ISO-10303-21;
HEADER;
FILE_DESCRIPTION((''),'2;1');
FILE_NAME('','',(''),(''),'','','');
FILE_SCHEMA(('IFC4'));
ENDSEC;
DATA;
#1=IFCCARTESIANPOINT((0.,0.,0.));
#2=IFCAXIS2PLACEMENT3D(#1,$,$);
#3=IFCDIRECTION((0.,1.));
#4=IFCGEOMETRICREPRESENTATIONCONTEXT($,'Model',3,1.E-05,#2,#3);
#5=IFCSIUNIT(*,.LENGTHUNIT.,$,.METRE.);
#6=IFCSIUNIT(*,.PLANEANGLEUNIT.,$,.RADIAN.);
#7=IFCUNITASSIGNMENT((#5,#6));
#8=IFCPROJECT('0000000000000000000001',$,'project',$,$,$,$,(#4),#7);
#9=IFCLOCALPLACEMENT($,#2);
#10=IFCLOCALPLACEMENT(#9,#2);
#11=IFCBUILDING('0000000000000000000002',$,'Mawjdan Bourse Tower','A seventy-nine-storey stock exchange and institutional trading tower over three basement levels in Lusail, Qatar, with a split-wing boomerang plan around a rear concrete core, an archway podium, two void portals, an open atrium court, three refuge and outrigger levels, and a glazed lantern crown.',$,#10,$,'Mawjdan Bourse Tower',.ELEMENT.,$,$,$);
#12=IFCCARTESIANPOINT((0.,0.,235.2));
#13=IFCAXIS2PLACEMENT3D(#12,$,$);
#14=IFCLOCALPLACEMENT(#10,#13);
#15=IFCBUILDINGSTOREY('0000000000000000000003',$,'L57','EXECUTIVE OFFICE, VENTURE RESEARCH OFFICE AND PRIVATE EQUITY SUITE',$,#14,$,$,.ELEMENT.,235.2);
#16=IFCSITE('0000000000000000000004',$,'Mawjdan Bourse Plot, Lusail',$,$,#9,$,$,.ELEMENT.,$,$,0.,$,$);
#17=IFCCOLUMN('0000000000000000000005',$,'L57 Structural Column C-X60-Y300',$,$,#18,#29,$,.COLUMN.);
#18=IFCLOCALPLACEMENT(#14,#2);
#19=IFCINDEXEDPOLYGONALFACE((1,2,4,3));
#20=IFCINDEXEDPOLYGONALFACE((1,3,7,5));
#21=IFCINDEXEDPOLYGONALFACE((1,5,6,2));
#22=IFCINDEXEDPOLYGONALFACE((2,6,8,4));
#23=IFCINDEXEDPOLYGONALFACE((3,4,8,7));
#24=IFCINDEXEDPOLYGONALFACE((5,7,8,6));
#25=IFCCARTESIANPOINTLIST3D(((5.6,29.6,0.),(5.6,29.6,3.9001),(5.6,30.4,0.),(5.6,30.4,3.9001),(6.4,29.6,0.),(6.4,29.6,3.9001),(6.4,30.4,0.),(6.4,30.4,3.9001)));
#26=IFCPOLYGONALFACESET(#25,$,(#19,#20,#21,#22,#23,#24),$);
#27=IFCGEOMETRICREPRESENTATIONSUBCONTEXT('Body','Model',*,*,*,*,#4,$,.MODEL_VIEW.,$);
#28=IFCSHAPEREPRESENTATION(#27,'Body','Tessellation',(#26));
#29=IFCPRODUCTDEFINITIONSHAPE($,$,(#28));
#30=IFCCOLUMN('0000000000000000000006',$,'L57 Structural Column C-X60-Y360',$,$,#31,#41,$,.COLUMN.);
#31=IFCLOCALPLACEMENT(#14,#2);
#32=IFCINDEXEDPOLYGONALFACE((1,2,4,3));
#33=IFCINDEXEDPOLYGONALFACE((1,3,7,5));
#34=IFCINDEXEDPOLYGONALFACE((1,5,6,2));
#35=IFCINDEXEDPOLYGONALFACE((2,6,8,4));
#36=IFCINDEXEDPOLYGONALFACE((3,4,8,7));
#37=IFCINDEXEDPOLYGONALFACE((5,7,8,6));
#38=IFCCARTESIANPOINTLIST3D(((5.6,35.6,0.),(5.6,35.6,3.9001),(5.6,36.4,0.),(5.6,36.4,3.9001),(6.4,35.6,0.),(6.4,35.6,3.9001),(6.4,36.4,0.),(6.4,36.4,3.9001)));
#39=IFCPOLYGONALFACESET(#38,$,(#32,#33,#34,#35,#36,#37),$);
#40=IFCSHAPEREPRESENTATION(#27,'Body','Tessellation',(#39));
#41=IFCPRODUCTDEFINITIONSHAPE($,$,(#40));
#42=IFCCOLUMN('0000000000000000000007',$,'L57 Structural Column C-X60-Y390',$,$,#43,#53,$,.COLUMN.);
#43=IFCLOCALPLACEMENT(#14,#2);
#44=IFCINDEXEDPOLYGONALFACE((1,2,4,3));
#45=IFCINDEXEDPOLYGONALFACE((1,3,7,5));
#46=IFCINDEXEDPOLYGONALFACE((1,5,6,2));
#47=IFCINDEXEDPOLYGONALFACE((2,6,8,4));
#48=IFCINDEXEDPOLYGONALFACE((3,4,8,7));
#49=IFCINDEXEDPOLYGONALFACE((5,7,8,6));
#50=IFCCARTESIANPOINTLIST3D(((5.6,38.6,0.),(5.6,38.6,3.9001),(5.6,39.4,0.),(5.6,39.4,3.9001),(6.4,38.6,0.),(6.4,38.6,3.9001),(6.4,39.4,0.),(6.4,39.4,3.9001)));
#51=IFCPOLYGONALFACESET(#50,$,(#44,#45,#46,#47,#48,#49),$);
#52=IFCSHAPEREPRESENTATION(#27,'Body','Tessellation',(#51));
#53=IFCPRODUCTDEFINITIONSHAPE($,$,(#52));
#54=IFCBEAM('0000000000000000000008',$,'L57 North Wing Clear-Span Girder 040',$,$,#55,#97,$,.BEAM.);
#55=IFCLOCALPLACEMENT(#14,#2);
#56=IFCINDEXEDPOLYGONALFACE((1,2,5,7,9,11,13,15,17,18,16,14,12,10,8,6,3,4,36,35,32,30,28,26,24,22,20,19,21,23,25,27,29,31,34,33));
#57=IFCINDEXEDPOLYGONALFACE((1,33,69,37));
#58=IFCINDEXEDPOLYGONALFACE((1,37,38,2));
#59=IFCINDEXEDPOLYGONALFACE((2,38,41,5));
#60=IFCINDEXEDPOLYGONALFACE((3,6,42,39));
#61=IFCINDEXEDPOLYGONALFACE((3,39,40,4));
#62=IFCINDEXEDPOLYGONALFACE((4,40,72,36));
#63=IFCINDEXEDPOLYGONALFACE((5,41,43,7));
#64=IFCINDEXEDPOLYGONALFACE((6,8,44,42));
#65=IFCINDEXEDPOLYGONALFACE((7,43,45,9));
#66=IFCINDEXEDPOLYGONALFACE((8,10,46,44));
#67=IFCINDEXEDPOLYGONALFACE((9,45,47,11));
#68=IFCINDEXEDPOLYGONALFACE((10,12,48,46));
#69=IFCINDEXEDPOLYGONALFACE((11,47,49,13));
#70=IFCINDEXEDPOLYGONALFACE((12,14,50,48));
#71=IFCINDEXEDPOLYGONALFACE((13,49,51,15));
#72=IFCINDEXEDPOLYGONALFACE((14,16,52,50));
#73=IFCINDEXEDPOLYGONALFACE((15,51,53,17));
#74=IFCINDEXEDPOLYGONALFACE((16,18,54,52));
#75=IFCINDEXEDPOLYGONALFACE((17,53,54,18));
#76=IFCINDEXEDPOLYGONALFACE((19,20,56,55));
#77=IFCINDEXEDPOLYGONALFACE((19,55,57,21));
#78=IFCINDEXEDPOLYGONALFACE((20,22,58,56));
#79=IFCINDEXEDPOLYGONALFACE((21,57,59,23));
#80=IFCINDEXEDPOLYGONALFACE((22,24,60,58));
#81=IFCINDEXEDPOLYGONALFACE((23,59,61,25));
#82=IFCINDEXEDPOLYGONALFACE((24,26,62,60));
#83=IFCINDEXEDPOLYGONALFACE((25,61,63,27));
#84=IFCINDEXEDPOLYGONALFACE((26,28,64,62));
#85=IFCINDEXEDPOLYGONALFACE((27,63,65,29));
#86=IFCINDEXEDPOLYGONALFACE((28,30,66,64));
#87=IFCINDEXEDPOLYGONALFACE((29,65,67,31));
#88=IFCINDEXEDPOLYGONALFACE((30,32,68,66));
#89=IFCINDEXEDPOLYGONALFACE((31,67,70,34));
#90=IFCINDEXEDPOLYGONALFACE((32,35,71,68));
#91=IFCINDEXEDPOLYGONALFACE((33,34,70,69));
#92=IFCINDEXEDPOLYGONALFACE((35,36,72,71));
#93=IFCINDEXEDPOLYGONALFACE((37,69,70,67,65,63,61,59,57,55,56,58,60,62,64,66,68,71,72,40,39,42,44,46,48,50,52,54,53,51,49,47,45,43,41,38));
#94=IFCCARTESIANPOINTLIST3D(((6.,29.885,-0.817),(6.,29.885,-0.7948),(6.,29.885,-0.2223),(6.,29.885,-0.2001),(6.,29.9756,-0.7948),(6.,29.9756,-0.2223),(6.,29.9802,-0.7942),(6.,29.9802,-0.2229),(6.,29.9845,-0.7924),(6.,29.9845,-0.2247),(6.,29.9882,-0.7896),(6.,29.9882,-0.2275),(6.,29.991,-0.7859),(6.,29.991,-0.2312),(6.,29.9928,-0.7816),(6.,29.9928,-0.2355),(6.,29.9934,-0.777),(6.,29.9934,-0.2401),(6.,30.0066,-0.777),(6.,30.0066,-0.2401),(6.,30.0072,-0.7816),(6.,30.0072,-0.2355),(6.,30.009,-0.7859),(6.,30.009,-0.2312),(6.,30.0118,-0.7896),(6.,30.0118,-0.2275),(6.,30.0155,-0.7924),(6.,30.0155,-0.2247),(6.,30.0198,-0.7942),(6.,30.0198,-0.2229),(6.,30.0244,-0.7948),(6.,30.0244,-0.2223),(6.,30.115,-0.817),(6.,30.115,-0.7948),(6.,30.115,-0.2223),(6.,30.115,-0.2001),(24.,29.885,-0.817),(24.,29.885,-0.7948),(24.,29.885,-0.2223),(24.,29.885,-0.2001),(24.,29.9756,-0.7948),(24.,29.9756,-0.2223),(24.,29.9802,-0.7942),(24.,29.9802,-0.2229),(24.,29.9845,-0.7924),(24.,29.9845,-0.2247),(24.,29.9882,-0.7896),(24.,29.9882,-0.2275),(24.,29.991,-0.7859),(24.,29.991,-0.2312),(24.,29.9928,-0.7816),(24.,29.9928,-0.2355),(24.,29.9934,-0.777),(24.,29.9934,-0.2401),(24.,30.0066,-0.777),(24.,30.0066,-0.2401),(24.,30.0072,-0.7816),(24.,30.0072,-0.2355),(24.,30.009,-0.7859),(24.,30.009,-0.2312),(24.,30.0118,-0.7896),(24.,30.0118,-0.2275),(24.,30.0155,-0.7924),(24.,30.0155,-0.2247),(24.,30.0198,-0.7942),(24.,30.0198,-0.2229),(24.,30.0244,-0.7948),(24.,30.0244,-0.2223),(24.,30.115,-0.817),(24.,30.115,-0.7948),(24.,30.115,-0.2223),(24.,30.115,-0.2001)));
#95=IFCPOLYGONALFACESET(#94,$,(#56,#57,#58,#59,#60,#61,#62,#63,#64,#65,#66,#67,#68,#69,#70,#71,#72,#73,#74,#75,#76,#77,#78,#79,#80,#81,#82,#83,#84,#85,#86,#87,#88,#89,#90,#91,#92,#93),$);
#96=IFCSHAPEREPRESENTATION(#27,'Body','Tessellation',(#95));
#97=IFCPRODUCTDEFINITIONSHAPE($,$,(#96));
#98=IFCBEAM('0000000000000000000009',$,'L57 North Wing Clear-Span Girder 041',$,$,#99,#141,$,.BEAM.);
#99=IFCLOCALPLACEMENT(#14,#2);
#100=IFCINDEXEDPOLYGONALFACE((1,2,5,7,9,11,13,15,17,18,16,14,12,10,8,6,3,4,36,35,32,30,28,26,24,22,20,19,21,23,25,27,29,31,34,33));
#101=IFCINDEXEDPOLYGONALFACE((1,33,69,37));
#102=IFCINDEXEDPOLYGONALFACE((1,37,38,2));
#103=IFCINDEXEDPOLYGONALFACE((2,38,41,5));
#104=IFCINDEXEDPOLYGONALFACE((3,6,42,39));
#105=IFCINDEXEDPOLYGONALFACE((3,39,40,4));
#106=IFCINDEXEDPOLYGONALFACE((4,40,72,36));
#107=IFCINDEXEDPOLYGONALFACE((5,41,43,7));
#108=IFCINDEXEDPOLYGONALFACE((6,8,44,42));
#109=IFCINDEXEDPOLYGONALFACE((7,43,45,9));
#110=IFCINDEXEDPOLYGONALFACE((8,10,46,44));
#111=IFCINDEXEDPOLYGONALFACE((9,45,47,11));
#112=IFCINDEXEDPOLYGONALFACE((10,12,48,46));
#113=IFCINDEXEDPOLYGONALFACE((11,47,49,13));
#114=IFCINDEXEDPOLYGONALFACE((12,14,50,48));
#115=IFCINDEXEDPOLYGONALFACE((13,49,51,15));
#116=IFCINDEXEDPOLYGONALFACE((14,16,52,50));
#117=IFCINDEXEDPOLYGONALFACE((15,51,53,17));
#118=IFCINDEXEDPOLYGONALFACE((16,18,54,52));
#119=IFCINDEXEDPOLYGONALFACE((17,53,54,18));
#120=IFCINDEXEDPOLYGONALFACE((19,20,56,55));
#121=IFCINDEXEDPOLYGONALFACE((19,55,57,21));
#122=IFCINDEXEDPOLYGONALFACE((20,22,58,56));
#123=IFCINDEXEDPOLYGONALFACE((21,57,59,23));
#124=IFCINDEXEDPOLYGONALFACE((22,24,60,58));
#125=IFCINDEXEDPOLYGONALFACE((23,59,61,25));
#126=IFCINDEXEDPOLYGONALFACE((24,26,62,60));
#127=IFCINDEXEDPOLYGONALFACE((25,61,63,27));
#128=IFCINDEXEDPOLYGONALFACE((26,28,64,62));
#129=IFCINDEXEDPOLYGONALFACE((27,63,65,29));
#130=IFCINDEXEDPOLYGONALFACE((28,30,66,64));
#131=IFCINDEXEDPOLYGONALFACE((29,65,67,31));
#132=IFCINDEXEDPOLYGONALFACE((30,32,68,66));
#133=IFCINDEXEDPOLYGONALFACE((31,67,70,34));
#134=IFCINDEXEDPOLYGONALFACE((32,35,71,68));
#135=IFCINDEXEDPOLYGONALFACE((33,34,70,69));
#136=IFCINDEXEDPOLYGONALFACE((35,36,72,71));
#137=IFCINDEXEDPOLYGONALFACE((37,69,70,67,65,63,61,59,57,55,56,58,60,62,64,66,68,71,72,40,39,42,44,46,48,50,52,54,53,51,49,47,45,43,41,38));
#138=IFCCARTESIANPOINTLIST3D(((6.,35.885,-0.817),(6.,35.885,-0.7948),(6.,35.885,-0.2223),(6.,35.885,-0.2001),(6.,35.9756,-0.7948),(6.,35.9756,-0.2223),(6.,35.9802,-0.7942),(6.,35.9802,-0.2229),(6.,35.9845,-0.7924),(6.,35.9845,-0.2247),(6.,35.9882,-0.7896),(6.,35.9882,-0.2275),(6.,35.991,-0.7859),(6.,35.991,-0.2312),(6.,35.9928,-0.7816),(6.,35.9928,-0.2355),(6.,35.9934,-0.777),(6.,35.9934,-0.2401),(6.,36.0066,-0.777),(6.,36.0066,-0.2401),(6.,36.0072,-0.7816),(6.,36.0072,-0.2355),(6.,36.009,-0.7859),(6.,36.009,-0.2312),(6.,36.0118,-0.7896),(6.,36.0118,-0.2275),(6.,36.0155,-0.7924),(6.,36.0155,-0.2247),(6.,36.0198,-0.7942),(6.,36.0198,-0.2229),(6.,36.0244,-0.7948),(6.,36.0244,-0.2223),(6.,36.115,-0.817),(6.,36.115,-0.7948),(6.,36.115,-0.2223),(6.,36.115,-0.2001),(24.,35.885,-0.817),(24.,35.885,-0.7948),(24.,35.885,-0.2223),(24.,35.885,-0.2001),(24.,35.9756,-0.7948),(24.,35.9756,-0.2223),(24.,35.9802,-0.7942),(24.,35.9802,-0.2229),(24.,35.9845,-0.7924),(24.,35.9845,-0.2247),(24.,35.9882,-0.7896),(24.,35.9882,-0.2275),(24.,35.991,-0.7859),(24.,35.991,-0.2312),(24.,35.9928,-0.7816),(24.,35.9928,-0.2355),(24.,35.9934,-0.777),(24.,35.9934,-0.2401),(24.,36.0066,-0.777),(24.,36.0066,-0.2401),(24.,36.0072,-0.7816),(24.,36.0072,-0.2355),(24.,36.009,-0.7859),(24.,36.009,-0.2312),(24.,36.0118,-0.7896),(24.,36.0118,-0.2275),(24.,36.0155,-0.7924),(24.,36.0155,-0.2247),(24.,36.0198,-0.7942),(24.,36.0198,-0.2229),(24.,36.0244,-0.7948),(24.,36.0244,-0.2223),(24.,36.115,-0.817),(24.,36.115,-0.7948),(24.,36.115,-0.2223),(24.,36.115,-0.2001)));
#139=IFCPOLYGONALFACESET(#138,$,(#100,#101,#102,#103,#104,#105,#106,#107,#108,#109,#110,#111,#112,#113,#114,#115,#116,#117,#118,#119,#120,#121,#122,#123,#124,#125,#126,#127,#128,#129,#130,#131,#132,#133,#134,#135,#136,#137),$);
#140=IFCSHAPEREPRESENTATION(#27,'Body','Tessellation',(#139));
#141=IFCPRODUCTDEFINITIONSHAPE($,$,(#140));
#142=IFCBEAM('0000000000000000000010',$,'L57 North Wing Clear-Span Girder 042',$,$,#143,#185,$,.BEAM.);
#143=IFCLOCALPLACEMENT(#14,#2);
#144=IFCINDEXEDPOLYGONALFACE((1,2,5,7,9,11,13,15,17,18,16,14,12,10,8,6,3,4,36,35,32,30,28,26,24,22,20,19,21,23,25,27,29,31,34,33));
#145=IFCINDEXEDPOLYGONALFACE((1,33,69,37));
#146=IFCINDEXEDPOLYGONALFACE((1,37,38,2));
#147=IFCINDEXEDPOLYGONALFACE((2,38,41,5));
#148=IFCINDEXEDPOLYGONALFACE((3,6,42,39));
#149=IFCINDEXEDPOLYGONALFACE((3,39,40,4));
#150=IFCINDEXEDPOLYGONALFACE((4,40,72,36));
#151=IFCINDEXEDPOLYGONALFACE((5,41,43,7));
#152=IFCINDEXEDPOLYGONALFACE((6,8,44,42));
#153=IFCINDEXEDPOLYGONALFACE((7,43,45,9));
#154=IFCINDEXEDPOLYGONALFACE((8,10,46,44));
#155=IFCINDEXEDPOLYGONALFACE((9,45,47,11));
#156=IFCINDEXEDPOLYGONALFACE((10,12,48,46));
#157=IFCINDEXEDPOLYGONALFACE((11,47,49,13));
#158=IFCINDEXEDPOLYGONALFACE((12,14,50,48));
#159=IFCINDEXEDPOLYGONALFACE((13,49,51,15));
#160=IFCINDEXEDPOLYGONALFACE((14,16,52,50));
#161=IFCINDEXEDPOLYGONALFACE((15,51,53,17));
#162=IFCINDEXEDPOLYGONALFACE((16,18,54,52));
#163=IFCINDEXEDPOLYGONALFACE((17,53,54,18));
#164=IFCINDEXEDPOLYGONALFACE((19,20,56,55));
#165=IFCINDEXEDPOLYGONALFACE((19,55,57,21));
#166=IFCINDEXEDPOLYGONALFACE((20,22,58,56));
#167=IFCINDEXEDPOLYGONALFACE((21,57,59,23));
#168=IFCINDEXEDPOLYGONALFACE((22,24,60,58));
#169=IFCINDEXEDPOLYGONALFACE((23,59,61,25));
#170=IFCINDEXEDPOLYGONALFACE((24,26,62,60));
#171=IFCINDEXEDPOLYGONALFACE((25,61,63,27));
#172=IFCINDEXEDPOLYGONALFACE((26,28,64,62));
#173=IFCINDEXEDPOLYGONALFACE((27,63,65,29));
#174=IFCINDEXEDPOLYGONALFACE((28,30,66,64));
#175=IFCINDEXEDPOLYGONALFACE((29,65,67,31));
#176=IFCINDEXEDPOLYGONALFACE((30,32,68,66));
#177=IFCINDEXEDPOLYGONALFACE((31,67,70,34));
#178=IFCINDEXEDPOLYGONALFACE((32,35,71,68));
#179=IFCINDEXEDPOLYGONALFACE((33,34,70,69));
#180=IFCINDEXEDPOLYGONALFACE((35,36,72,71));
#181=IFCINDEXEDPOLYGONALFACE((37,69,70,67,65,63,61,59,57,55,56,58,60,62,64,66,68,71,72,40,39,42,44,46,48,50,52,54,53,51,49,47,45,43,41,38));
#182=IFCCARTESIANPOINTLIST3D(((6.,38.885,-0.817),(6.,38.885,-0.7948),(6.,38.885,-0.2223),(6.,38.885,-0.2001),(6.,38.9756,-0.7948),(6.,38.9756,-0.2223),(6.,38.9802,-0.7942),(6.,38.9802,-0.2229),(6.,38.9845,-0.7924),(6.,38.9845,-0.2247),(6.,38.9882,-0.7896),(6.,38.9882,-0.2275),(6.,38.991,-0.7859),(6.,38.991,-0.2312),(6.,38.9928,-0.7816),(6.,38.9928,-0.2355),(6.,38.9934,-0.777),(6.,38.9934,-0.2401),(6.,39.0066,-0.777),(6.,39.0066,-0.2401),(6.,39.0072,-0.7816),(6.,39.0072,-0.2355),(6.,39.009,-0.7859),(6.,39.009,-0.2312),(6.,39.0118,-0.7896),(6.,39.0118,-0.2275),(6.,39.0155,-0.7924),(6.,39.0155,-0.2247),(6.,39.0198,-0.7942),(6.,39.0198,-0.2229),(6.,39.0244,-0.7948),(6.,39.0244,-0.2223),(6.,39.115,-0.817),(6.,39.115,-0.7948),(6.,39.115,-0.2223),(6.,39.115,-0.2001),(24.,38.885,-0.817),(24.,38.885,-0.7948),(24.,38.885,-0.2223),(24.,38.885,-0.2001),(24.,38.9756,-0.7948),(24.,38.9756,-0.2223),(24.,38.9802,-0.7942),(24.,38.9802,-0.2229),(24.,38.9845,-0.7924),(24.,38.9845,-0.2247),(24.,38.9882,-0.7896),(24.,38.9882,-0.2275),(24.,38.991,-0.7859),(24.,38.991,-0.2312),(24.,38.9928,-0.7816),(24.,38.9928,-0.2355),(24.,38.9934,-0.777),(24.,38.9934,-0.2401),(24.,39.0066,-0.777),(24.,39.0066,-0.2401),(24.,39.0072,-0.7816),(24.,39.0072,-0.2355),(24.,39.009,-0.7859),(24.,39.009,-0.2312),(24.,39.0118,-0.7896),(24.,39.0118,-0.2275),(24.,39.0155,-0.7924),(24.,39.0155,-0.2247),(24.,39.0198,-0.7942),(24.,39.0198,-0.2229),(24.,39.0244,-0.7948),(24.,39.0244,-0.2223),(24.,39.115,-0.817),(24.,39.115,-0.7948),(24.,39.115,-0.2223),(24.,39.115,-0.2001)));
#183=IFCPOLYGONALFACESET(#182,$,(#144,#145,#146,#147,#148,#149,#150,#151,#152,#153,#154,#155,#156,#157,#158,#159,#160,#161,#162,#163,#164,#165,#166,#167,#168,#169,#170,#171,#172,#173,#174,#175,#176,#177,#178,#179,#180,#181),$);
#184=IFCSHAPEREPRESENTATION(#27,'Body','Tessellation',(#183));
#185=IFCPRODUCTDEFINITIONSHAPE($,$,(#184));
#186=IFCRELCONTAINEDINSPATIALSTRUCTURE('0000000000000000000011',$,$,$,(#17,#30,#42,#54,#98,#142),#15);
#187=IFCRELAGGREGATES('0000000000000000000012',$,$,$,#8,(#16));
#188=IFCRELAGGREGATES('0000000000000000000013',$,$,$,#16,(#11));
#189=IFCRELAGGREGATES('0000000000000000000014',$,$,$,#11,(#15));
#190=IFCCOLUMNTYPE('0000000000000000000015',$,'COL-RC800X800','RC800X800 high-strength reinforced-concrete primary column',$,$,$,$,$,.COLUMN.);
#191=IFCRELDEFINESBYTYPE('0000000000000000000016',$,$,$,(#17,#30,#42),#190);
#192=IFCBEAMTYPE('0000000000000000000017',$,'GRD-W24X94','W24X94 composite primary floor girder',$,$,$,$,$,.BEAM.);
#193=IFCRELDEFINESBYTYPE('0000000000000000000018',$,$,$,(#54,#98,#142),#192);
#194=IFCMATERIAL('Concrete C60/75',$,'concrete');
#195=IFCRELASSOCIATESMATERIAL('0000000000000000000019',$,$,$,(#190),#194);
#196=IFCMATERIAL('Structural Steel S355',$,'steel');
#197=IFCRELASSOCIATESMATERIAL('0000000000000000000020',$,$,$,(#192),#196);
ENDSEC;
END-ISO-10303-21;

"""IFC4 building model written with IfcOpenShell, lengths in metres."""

from ifc_helpers import new_model, si_unit, direction, frame, origin, origin_2d, place, context, subcontext, project, spatial, rectangle, i_section, extrude, material, material_profile, profile_set, type_object, element, save


model = new_model("IFC4")

# Units and contexts
model_context = context("Model", 3, precision=1e-05, world=origin(), true_north=direction((0.0, 1.0)))
body_context = subcontext(model_context, "Body", "Model", "MODEL_VIEW")
ifc_project = project(units=[si_unit("LENGTHUNIT", "METRE"), si_unit("PLANEANGLEUNIT", "RADIAN")], contexts=[model_context])

# Site, building, storey
site_placement = place(None, origin())
site = spatial("IfcSite", under=ifc_project, at=site_placement, Name="Mawjdan Bourse Plot, Lusail", CompositionType="ELEMENT", RefElevation=0.0)
building_placement = place(site_placement, origin())
building = spatial("IfcBuilding", under=site, at=building_placement, Name="Mawjdan Bourse Tower", Description="A seventy-nine-storey stock exchange and institutional trading tower over three basement levels in Lusail, Qatar, with a split-wing boomerang plan around a rear concrete core, an archway podium, two void portals, an open atrium court, three refuge and outrigger levels, and a glazed lantern crown.", LongName="Mawjdan Bourse Tower", CompositionType="ELEMENT")
storey_placement = place(building_placement, frame((0.0, 0.0, 235.2)))
storey = spatial("IfcBuildingStorey", under=building, at=storey_placement, Name="L57", Description="EXECUTIVE OFFICE, VENTURE RESEARCH OFFICE AND PRIVATE EQUITY SUITE", CompositionType="ELEMENT", Elevation=235.2)

# Columns
ifc_material_1 = material(Name="Concrete C60/75", Category="concrete")
ifc_material_profile_1 = material_profile(ifc_material_1, rectangle(XDim=0.8, YDim=0.8, at=origin_2d()), Name="RC800X800")
ifc_profile_set_1 = profile_set([ifc_material_profile_1], Name="Concrete C60/75")
column_type = type_object("IfcColumnType", Name="COL-RC800X800", Description="RC800X800 high-strength reinforced-concrete primary column", PredefinedType="COLUMN", material=ifc_profile_set_1)
for number, where, z_axis, x_axis, name in (
    (1, (6.0, 30.0, 0.0), (0.0, 0.0, 1.0), (1.0, 0.0, 0.0), "L57 Structural Column C-X60-Y300"),
    (2, (6.0, 36.0, 0.0), (0.0, 0.0, 1.0), (1.0, 0.0, 0.0), "L57 Structural Column C-X60-Y360"),
    (3, (6.0, 39.0, 0.0), (0.0, 0.0, 1.0), (1.0, 0.0, 0.0), "L57 Structural Column C-X60-Y390"),
):
    element("IfcColumn", number, at=place(storey_placement, frame(where, z_axis=z_axis, x_axis=x_axis)), inside=storey, type_object=column_type, Name=name, PredefinedType="COLUMN", context=body_context, shape_type="SweptSolid", body=[
        extrude(rectangle(XDim=0.8, YDim=0.8, at=origin_2d()), origin(), (0.0, 0.0, 1.0), 3.9001),
    ])

# Beams
ifc_material_2 = material(Name="Structural Steel S355", Category="steel")
ifc_material_profile_2 = material_profile(ifc_material_2, i_section(OverallWidth=0.23, OverallDepth=0.6169, WebThickness=0.0132, FlangeThickness=0.0222, FilletRadius=0.0178, at=origin_2d()), Name="W24X94")
ifc_profile_set_2 = profile_set([ifc_material_profile_2], Name="Structural Steel S355")
beam_type_1 = type_object("IfcBeamType", Name="GRD-W24X94", Description="W24X94 composite primary floor girder", PredefinedType="BEAM", material=ifc_profile_set_2)
for number, where, z_axis, x_axis, name in (
    (4, (6.0, 30.0, -0.5085), (1.0, 0.0, 0.0), (0.0, 1.0, 0.0), "L57 North Wing Clear-Span Girder 040"),
    (5, (6.0, 36.0, -0.5085), (1.0, 0.0, 0.0), (0.0, 1.0, 0.0), "L57 North Wing Clear-Span Girder 041"),
    (6, (6.0, 39.0, -0.5085), (1.0, 0.0, 0.0), (0.0, 1.0, 0.0), "L57 North Wing Clear-Span Girder 042"),
):
    element("IfcBeam", number, at=place(storey_placement, frame(where, z_axis=z_axis, x_axis=x_axis)), inside=storey, type_object=beam_type_1, Name=name, PredefinedType="BEAM", context=body_context, shape_type="SweptSolid", body=[
        extrude(i_section(OverallWidth=0.23, OverallDepth=0.6169, WebThickness=0.0132, FlangeThickness=0.0222, FilletRadius=0.0178, at=origin_2d()), origin(), (0.0, 0.0, 1.0), 18.0),
    ])

save(model, "model.ifc")
